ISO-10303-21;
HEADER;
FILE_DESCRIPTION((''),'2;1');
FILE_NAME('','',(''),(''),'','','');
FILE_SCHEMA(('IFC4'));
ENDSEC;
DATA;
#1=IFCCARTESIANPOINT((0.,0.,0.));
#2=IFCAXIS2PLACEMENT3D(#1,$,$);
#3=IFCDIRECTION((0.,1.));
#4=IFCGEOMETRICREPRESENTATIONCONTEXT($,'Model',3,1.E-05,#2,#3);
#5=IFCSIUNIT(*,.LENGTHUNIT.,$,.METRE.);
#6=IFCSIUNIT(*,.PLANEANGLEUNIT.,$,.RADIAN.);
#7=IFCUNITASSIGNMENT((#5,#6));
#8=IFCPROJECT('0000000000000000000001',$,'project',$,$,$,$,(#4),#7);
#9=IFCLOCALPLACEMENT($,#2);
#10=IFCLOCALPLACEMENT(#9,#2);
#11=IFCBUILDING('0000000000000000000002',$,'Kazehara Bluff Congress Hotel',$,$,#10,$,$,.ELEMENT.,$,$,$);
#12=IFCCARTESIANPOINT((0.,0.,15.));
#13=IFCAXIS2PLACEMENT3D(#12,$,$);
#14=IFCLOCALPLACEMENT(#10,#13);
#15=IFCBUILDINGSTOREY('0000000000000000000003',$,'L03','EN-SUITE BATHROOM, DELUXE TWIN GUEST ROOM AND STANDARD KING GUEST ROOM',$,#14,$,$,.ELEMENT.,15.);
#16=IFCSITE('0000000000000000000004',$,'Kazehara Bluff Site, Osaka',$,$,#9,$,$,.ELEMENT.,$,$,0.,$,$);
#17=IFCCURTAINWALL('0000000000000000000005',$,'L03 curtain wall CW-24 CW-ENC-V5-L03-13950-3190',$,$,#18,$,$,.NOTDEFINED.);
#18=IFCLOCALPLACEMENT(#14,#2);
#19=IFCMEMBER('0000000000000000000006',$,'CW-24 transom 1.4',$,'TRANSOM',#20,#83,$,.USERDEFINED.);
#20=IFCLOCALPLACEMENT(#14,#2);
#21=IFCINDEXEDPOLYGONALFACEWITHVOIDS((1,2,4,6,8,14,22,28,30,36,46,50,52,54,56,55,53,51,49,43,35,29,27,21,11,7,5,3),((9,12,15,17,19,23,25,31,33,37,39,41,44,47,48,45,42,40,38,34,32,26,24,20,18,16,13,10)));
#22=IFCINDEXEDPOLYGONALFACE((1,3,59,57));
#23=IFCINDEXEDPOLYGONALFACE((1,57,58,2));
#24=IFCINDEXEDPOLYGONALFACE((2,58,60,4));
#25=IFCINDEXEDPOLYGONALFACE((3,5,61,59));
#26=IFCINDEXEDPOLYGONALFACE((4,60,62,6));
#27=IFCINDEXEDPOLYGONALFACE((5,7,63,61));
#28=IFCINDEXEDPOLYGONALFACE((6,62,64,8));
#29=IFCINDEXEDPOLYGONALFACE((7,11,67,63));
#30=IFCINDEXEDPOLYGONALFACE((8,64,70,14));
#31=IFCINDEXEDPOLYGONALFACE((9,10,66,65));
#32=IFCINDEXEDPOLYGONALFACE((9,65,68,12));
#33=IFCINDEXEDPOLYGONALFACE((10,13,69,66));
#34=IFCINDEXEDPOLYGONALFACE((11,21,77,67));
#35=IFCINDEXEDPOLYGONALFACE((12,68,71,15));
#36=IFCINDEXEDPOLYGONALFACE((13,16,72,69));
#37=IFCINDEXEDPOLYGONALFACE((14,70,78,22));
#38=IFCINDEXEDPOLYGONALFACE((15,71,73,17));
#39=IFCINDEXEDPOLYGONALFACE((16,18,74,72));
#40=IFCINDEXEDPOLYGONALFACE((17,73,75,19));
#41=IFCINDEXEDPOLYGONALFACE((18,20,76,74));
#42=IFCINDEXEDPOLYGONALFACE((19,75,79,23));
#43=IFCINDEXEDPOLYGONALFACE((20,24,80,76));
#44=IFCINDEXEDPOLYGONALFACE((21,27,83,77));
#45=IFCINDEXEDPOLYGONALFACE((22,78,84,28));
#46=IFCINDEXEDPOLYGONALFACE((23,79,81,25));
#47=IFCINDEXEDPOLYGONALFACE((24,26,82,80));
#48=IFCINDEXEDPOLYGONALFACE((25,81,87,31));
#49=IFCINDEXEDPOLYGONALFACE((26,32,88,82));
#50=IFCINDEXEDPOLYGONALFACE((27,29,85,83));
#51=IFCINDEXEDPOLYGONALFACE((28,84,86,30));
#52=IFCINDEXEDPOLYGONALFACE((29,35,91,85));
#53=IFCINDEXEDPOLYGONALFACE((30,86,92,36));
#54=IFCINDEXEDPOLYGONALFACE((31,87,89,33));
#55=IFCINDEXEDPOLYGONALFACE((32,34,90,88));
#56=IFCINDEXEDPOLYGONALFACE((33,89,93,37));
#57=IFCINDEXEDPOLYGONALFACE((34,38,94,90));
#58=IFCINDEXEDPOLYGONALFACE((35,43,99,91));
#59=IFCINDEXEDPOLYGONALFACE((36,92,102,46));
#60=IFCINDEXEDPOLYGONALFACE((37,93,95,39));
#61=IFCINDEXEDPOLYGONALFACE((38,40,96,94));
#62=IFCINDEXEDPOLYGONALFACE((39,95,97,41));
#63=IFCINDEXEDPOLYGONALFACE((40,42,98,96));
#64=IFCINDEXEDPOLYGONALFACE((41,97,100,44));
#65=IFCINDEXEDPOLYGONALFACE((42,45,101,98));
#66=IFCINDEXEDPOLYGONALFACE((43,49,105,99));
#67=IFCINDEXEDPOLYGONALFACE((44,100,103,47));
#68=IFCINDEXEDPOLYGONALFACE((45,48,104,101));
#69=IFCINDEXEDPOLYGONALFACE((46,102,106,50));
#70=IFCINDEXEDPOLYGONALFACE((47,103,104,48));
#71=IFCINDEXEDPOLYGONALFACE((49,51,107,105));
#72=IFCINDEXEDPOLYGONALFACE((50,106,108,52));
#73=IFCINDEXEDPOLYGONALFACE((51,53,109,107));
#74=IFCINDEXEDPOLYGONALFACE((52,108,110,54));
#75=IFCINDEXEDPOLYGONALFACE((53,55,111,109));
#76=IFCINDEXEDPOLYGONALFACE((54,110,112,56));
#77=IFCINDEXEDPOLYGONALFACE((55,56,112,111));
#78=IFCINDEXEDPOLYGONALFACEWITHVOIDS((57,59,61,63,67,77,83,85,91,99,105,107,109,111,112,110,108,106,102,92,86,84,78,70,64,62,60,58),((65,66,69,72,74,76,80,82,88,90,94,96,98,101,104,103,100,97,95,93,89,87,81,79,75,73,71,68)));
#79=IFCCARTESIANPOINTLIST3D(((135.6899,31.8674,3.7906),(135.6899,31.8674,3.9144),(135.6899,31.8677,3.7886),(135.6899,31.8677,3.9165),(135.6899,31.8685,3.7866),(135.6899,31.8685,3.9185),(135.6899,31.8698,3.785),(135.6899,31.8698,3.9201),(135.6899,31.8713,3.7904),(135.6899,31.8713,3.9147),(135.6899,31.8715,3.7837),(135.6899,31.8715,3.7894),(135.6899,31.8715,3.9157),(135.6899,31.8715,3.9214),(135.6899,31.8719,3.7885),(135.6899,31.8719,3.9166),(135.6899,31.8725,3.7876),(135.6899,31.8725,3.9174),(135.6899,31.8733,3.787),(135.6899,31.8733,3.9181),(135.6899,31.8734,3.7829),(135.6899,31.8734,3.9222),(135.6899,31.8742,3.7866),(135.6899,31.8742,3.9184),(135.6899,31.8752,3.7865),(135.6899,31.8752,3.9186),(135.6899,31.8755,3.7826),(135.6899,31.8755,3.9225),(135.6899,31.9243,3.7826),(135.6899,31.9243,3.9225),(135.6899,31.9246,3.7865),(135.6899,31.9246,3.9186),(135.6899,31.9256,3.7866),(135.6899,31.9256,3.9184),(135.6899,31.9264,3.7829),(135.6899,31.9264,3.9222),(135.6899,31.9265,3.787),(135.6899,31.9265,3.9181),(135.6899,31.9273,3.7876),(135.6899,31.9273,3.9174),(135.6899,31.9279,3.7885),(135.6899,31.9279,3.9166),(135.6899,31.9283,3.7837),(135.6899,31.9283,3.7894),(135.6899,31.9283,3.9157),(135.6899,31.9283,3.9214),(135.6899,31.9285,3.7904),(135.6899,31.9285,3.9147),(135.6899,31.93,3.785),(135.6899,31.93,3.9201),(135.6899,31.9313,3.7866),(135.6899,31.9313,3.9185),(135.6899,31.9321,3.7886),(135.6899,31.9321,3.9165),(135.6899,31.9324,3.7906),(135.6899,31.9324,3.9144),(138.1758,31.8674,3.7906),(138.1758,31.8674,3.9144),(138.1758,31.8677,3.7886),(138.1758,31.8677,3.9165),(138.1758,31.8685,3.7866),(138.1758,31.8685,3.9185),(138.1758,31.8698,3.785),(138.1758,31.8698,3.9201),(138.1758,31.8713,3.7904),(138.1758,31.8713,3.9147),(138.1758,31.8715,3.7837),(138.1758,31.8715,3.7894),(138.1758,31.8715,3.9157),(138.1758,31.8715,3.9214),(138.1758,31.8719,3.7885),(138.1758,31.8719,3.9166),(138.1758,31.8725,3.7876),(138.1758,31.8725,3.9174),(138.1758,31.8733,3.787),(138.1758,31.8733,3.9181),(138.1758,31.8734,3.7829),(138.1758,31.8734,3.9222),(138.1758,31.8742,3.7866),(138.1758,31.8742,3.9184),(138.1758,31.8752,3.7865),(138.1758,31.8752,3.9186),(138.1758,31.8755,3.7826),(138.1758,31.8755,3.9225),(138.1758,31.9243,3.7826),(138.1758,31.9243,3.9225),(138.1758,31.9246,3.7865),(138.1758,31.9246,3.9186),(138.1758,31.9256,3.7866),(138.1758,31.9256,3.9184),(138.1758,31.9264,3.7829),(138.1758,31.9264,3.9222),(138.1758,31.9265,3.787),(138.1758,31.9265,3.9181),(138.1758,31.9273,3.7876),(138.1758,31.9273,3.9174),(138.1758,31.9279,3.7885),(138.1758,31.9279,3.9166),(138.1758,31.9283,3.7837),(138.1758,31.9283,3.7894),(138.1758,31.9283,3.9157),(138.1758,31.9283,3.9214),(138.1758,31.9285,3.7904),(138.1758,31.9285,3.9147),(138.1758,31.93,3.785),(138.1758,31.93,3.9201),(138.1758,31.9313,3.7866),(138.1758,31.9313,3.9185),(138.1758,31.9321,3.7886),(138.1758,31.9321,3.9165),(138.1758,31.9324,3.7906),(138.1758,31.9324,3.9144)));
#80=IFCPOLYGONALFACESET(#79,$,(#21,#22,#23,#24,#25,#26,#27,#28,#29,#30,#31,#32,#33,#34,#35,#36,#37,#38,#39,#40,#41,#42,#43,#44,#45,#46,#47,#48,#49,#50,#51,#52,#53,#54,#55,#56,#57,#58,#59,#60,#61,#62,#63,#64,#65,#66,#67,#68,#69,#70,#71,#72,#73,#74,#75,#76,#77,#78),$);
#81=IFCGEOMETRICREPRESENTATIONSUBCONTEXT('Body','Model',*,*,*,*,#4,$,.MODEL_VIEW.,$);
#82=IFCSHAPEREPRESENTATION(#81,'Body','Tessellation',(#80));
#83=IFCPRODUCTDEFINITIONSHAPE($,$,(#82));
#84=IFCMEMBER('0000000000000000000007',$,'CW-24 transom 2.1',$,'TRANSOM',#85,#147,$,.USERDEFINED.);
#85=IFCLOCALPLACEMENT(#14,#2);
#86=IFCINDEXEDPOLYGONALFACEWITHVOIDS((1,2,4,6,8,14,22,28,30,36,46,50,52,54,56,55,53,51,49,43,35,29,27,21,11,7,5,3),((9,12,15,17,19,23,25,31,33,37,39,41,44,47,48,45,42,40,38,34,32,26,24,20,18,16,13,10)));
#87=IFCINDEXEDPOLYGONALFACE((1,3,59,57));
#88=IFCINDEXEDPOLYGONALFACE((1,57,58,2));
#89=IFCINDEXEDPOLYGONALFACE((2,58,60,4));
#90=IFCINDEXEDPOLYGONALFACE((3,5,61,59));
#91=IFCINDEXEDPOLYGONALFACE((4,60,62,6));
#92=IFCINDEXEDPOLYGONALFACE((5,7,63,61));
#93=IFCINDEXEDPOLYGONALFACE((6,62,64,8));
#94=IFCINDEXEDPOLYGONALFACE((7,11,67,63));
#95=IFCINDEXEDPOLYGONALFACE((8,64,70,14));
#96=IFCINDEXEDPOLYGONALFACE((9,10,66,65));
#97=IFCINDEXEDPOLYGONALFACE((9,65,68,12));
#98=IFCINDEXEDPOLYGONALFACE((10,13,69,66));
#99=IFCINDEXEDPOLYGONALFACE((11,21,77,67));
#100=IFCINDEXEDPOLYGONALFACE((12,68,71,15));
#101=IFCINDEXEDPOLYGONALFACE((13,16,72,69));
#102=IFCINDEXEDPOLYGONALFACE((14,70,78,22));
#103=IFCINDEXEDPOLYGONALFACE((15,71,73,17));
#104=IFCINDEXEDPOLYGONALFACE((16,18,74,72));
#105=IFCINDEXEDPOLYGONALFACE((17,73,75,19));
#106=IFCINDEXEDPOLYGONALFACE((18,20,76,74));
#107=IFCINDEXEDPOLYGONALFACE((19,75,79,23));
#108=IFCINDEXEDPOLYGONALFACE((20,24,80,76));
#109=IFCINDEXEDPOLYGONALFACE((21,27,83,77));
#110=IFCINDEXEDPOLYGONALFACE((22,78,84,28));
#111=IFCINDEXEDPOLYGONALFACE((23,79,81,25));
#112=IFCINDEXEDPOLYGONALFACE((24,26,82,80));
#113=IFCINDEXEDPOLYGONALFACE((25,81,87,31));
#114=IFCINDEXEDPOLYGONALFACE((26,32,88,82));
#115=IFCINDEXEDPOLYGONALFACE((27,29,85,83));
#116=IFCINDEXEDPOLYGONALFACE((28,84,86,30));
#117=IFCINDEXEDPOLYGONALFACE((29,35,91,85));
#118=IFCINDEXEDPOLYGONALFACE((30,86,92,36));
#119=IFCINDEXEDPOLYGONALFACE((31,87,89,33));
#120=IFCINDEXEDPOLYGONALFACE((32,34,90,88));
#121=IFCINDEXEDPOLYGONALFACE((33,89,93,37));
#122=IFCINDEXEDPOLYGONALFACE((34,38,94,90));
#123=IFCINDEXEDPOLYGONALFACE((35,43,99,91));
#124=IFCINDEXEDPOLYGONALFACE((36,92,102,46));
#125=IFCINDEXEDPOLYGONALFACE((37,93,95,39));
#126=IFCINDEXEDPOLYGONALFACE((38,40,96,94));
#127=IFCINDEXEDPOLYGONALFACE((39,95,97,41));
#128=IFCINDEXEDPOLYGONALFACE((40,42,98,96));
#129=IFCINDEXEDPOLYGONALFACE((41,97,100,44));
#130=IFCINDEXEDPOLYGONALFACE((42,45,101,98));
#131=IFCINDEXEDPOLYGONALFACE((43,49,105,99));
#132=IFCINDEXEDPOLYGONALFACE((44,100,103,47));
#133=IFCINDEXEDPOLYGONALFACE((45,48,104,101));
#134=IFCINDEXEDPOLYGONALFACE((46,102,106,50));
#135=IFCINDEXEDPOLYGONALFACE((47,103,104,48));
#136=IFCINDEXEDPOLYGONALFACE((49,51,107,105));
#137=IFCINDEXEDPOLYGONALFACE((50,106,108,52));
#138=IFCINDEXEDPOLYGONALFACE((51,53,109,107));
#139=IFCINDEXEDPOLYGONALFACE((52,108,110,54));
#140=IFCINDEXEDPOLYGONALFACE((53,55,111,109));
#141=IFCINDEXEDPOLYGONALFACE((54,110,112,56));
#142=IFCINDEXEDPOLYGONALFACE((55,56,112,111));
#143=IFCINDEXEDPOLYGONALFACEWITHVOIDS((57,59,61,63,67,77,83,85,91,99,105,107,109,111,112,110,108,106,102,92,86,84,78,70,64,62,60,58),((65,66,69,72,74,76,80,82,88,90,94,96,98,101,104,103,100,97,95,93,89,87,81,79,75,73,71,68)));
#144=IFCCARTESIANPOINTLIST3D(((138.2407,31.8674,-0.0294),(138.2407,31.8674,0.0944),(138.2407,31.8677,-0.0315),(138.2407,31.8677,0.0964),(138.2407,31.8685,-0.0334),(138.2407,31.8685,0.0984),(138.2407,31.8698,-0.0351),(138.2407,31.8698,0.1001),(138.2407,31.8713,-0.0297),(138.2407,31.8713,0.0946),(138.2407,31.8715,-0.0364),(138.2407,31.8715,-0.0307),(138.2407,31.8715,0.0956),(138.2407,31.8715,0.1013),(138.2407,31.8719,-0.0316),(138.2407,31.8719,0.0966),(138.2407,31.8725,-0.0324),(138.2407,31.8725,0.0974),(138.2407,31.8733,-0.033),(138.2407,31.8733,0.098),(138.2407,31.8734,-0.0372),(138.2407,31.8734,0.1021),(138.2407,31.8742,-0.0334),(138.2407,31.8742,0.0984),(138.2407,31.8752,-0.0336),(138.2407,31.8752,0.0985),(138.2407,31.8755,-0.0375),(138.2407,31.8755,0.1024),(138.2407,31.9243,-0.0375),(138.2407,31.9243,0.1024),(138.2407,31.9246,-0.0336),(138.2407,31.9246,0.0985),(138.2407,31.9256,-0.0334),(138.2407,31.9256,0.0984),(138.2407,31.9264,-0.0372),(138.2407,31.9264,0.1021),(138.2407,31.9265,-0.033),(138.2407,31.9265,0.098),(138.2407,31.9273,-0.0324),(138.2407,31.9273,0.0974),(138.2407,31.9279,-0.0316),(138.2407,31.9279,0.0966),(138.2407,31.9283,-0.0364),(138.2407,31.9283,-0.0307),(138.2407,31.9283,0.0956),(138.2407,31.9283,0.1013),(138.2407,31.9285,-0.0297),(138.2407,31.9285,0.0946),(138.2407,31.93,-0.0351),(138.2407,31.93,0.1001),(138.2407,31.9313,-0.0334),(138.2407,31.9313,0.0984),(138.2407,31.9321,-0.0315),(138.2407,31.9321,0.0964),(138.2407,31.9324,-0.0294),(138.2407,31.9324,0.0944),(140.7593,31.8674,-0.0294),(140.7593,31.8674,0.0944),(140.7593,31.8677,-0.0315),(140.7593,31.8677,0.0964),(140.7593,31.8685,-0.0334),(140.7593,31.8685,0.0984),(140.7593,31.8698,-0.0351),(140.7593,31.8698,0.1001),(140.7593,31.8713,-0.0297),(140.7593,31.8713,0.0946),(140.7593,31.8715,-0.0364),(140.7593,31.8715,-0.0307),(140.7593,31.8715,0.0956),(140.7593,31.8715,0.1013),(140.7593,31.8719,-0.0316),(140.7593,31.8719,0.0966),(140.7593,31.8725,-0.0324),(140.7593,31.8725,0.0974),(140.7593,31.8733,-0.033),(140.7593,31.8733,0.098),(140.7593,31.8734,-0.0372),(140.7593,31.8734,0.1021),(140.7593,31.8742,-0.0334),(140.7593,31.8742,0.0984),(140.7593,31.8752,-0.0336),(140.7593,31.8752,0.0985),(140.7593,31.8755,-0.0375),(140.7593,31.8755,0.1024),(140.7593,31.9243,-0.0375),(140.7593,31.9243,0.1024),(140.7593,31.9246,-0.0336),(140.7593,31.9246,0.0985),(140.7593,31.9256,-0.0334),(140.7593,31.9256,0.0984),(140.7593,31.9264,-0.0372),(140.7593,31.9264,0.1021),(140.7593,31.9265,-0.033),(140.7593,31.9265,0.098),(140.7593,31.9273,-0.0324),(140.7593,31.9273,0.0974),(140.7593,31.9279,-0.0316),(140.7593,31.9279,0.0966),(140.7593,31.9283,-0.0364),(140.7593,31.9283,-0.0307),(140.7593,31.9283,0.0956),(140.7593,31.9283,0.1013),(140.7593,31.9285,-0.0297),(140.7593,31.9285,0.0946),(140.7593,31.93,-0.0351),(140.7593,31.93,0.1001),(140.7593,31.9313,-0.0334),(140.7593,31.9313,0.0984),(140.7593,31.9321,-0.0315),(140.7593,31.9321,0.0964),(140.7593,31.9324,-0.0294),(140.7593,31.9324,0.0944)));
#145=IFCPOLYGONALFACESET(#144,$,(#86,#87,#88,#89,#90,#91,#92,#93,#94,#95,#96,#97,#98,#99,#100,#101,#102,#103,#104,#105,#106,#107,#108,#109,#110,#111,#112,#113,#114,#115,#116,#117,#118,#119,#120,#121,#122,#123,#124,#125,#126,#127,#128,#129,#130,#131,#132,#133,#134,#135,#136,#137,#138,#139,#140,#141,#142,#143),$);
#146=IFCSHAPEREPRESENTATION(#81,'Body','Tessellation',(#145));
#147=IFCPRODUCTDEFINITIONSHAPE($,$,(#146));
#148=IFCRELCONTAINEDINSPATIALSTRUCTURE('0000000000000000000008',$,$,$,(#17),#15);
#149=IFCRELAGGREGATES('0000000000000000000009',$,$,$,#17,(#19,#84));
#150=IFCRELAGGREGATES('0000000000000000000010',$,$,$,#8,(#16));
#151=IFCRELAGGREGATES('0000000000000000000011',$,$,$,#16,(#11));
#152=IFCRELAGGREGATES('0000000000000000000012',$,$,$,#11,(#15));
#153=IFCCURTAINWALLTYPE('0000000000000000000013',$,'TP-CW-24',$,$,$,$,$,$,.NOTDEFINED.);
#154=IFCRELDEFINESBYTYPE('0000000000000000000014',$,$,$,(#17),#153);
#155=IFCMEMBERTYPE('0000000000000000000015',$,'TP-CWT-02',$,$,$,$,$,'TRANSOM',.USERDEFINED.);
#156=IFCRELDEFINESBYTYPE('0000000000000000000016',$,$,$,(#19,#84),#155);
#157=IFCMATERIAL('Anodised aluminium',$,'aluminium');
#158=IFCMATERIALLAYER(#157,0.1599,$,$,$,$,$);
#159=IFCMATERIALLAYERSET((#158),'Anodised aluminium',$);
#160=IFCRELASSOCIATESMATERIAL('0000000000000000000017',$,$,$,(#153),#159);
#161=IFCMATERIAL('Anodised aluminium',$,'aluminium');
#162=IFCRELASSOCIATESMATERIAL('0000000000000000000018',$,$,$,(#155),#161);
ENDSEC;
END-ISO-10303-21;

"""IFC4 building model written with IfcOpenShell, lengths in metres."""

from ifc_helpers import new_model, si_unit, direction, frame, origin, origin_2d, place, context, subcontext, project, spatial, hollow_rectangle, extrude, material, layer, layer_set, material_profile, profile_set, type_object, element, aggregate, save


model = new_model("IFC4")

# Units and contexts
model_context = context("Model", 3, precision=1e-05, world=origin(), true_north=direction((0.0, 1.0)))
body_context = subcontext(model_context, "Body", "Model", "MODEL_VIEW")
ifc_project = project(units=[si_unit("LENGTHUNIT", "METRE"), si_unit("PLANEANGLEUNIT", "RADIAN")], contexts=[model_context])

# Site, building, storey
site_placement = place(None, origin())
site = spatial("IfcSite", under=ifc_project, at=site_placement, Name="Kazehara Bluff Site, Osaka", CompositionType="ELEMENT", RefElevation=0.0)
building_placement = place(site_placement, origin())
building = spatial("IfcBuilding", under=site, at=building_placement, Name="Kazehara Bluff Congress Hotel", CompositionType="ELEMENT")
storey_placement = place(building_placement, frame((0.0, 0.0, 15.0)))
storey = spatial("IfcBuildingStorey", under=building, at=storey_placement, Name="L03", Description="EN-SUITE BATHROOM, DELUXE TWIN GUEST ROOM AND STANDARD KING GUEST ROOM", CompositionType="ELEMENT", Elevation=15.0)

# Shared definitions
ifc_material_1 = material(Name="Anodised aluminium", Category="aluminium")
ifc_layer_1 = layer(ifc_material_1, 0.1599)
ifc_layer_set_1 = layer_set([ifc_layer_1], Name="Anodised aluminium")
curtain_wall_type = type_object("IfcCurtainWallType", Name="TP-CW-24", PredefinedType="NOTDEFINED", material=ifc_layer_set_1)

# Curtain wall
curtain_wall_1_placement = place(storey_placement, origin())
curtain_wall_1 = element("IfcCurtainWall", 1, at=curtain_wall_1_placement, inside=storey, type_object=curtain_wall_type, Name="L03 curtain wall CW-24 CW-ENC-V5-L03-13950-3190", PredefinedType="NOTDEFINED")

# Members
ifc_material_2 = material(Name="Anodised aluminium", Category="aluminium")
ifc_material_profile_1 = material_profile(ifc_material_2, hollow_rectangle(XDim=0.0649, YDim=0.1399, WallThickness=0.0039, InnerFilletRadius=0.0039, OuterFilletRadius=0.0081, at=origin_2d()))
ifc_profile_set_1 = profile_set([ifc_material_profile_1], Name="Anodised aluminium")
member_type_1 = type_object("IfcMemberType", Name="TP-CWT-02", ElementType="TRANSOM", PredefinedType="USERDEFINED", material=ifc_profile_set_1)
member_1_placement = place(storey_placement, frame((135.6899, 31.8999, 3.8525), z_axis=(1.0, 0.0, 0.0), x_axis=(0.0, 1.0, 0.0)))
member_1 = element("IfcMember", 2, at=member_1_placement, type_object=member_type_1, Name="CW-24 transom 1.4", ObjectType="TRANSOM", PredefinedType="USERDEFINED", context=body_context, shape_type="SweptSolid", body=[
    extrude(hollow_rectangle(XDim=0.0649, YDim=0.1399, WallThickness=0.0039, InnerFilletRadius=0.0039, OuterFilletRadius=0.0081, at=origin_2d()), origin(), (0.0, 0.0, 1.0), 2.4858),
])
member_2_placement = place(storey_placement, frame((138.2407, 31.8999, 0.0325), z_axis=(1.0, 0.0, 0.0), x_axis=(0.0, 1.0, 0.0)))
member_2 = element("IfcMember", 3, at=member_2_placement, type_object=member_type_1, Name="CW-24 transom 2.1", ObjectType="TRANSOM", PredefinedType="USERDEFINED", context=body_context, shape_type="SweptSolid", body=[
    extrude(hollow_rectangle(XDim=0.0649, YDim=0.1399, WallThickness=0.0039, InnerFilletRadius=0.0039, OuterFilletRadius=0.0081, at=origin_2d()), origin(), (0.0, 0.0, 1.0), 2.5186),
])

aggregate(curtain_wall_1, [member_1, member_2])

save(model, "model.ifc")
